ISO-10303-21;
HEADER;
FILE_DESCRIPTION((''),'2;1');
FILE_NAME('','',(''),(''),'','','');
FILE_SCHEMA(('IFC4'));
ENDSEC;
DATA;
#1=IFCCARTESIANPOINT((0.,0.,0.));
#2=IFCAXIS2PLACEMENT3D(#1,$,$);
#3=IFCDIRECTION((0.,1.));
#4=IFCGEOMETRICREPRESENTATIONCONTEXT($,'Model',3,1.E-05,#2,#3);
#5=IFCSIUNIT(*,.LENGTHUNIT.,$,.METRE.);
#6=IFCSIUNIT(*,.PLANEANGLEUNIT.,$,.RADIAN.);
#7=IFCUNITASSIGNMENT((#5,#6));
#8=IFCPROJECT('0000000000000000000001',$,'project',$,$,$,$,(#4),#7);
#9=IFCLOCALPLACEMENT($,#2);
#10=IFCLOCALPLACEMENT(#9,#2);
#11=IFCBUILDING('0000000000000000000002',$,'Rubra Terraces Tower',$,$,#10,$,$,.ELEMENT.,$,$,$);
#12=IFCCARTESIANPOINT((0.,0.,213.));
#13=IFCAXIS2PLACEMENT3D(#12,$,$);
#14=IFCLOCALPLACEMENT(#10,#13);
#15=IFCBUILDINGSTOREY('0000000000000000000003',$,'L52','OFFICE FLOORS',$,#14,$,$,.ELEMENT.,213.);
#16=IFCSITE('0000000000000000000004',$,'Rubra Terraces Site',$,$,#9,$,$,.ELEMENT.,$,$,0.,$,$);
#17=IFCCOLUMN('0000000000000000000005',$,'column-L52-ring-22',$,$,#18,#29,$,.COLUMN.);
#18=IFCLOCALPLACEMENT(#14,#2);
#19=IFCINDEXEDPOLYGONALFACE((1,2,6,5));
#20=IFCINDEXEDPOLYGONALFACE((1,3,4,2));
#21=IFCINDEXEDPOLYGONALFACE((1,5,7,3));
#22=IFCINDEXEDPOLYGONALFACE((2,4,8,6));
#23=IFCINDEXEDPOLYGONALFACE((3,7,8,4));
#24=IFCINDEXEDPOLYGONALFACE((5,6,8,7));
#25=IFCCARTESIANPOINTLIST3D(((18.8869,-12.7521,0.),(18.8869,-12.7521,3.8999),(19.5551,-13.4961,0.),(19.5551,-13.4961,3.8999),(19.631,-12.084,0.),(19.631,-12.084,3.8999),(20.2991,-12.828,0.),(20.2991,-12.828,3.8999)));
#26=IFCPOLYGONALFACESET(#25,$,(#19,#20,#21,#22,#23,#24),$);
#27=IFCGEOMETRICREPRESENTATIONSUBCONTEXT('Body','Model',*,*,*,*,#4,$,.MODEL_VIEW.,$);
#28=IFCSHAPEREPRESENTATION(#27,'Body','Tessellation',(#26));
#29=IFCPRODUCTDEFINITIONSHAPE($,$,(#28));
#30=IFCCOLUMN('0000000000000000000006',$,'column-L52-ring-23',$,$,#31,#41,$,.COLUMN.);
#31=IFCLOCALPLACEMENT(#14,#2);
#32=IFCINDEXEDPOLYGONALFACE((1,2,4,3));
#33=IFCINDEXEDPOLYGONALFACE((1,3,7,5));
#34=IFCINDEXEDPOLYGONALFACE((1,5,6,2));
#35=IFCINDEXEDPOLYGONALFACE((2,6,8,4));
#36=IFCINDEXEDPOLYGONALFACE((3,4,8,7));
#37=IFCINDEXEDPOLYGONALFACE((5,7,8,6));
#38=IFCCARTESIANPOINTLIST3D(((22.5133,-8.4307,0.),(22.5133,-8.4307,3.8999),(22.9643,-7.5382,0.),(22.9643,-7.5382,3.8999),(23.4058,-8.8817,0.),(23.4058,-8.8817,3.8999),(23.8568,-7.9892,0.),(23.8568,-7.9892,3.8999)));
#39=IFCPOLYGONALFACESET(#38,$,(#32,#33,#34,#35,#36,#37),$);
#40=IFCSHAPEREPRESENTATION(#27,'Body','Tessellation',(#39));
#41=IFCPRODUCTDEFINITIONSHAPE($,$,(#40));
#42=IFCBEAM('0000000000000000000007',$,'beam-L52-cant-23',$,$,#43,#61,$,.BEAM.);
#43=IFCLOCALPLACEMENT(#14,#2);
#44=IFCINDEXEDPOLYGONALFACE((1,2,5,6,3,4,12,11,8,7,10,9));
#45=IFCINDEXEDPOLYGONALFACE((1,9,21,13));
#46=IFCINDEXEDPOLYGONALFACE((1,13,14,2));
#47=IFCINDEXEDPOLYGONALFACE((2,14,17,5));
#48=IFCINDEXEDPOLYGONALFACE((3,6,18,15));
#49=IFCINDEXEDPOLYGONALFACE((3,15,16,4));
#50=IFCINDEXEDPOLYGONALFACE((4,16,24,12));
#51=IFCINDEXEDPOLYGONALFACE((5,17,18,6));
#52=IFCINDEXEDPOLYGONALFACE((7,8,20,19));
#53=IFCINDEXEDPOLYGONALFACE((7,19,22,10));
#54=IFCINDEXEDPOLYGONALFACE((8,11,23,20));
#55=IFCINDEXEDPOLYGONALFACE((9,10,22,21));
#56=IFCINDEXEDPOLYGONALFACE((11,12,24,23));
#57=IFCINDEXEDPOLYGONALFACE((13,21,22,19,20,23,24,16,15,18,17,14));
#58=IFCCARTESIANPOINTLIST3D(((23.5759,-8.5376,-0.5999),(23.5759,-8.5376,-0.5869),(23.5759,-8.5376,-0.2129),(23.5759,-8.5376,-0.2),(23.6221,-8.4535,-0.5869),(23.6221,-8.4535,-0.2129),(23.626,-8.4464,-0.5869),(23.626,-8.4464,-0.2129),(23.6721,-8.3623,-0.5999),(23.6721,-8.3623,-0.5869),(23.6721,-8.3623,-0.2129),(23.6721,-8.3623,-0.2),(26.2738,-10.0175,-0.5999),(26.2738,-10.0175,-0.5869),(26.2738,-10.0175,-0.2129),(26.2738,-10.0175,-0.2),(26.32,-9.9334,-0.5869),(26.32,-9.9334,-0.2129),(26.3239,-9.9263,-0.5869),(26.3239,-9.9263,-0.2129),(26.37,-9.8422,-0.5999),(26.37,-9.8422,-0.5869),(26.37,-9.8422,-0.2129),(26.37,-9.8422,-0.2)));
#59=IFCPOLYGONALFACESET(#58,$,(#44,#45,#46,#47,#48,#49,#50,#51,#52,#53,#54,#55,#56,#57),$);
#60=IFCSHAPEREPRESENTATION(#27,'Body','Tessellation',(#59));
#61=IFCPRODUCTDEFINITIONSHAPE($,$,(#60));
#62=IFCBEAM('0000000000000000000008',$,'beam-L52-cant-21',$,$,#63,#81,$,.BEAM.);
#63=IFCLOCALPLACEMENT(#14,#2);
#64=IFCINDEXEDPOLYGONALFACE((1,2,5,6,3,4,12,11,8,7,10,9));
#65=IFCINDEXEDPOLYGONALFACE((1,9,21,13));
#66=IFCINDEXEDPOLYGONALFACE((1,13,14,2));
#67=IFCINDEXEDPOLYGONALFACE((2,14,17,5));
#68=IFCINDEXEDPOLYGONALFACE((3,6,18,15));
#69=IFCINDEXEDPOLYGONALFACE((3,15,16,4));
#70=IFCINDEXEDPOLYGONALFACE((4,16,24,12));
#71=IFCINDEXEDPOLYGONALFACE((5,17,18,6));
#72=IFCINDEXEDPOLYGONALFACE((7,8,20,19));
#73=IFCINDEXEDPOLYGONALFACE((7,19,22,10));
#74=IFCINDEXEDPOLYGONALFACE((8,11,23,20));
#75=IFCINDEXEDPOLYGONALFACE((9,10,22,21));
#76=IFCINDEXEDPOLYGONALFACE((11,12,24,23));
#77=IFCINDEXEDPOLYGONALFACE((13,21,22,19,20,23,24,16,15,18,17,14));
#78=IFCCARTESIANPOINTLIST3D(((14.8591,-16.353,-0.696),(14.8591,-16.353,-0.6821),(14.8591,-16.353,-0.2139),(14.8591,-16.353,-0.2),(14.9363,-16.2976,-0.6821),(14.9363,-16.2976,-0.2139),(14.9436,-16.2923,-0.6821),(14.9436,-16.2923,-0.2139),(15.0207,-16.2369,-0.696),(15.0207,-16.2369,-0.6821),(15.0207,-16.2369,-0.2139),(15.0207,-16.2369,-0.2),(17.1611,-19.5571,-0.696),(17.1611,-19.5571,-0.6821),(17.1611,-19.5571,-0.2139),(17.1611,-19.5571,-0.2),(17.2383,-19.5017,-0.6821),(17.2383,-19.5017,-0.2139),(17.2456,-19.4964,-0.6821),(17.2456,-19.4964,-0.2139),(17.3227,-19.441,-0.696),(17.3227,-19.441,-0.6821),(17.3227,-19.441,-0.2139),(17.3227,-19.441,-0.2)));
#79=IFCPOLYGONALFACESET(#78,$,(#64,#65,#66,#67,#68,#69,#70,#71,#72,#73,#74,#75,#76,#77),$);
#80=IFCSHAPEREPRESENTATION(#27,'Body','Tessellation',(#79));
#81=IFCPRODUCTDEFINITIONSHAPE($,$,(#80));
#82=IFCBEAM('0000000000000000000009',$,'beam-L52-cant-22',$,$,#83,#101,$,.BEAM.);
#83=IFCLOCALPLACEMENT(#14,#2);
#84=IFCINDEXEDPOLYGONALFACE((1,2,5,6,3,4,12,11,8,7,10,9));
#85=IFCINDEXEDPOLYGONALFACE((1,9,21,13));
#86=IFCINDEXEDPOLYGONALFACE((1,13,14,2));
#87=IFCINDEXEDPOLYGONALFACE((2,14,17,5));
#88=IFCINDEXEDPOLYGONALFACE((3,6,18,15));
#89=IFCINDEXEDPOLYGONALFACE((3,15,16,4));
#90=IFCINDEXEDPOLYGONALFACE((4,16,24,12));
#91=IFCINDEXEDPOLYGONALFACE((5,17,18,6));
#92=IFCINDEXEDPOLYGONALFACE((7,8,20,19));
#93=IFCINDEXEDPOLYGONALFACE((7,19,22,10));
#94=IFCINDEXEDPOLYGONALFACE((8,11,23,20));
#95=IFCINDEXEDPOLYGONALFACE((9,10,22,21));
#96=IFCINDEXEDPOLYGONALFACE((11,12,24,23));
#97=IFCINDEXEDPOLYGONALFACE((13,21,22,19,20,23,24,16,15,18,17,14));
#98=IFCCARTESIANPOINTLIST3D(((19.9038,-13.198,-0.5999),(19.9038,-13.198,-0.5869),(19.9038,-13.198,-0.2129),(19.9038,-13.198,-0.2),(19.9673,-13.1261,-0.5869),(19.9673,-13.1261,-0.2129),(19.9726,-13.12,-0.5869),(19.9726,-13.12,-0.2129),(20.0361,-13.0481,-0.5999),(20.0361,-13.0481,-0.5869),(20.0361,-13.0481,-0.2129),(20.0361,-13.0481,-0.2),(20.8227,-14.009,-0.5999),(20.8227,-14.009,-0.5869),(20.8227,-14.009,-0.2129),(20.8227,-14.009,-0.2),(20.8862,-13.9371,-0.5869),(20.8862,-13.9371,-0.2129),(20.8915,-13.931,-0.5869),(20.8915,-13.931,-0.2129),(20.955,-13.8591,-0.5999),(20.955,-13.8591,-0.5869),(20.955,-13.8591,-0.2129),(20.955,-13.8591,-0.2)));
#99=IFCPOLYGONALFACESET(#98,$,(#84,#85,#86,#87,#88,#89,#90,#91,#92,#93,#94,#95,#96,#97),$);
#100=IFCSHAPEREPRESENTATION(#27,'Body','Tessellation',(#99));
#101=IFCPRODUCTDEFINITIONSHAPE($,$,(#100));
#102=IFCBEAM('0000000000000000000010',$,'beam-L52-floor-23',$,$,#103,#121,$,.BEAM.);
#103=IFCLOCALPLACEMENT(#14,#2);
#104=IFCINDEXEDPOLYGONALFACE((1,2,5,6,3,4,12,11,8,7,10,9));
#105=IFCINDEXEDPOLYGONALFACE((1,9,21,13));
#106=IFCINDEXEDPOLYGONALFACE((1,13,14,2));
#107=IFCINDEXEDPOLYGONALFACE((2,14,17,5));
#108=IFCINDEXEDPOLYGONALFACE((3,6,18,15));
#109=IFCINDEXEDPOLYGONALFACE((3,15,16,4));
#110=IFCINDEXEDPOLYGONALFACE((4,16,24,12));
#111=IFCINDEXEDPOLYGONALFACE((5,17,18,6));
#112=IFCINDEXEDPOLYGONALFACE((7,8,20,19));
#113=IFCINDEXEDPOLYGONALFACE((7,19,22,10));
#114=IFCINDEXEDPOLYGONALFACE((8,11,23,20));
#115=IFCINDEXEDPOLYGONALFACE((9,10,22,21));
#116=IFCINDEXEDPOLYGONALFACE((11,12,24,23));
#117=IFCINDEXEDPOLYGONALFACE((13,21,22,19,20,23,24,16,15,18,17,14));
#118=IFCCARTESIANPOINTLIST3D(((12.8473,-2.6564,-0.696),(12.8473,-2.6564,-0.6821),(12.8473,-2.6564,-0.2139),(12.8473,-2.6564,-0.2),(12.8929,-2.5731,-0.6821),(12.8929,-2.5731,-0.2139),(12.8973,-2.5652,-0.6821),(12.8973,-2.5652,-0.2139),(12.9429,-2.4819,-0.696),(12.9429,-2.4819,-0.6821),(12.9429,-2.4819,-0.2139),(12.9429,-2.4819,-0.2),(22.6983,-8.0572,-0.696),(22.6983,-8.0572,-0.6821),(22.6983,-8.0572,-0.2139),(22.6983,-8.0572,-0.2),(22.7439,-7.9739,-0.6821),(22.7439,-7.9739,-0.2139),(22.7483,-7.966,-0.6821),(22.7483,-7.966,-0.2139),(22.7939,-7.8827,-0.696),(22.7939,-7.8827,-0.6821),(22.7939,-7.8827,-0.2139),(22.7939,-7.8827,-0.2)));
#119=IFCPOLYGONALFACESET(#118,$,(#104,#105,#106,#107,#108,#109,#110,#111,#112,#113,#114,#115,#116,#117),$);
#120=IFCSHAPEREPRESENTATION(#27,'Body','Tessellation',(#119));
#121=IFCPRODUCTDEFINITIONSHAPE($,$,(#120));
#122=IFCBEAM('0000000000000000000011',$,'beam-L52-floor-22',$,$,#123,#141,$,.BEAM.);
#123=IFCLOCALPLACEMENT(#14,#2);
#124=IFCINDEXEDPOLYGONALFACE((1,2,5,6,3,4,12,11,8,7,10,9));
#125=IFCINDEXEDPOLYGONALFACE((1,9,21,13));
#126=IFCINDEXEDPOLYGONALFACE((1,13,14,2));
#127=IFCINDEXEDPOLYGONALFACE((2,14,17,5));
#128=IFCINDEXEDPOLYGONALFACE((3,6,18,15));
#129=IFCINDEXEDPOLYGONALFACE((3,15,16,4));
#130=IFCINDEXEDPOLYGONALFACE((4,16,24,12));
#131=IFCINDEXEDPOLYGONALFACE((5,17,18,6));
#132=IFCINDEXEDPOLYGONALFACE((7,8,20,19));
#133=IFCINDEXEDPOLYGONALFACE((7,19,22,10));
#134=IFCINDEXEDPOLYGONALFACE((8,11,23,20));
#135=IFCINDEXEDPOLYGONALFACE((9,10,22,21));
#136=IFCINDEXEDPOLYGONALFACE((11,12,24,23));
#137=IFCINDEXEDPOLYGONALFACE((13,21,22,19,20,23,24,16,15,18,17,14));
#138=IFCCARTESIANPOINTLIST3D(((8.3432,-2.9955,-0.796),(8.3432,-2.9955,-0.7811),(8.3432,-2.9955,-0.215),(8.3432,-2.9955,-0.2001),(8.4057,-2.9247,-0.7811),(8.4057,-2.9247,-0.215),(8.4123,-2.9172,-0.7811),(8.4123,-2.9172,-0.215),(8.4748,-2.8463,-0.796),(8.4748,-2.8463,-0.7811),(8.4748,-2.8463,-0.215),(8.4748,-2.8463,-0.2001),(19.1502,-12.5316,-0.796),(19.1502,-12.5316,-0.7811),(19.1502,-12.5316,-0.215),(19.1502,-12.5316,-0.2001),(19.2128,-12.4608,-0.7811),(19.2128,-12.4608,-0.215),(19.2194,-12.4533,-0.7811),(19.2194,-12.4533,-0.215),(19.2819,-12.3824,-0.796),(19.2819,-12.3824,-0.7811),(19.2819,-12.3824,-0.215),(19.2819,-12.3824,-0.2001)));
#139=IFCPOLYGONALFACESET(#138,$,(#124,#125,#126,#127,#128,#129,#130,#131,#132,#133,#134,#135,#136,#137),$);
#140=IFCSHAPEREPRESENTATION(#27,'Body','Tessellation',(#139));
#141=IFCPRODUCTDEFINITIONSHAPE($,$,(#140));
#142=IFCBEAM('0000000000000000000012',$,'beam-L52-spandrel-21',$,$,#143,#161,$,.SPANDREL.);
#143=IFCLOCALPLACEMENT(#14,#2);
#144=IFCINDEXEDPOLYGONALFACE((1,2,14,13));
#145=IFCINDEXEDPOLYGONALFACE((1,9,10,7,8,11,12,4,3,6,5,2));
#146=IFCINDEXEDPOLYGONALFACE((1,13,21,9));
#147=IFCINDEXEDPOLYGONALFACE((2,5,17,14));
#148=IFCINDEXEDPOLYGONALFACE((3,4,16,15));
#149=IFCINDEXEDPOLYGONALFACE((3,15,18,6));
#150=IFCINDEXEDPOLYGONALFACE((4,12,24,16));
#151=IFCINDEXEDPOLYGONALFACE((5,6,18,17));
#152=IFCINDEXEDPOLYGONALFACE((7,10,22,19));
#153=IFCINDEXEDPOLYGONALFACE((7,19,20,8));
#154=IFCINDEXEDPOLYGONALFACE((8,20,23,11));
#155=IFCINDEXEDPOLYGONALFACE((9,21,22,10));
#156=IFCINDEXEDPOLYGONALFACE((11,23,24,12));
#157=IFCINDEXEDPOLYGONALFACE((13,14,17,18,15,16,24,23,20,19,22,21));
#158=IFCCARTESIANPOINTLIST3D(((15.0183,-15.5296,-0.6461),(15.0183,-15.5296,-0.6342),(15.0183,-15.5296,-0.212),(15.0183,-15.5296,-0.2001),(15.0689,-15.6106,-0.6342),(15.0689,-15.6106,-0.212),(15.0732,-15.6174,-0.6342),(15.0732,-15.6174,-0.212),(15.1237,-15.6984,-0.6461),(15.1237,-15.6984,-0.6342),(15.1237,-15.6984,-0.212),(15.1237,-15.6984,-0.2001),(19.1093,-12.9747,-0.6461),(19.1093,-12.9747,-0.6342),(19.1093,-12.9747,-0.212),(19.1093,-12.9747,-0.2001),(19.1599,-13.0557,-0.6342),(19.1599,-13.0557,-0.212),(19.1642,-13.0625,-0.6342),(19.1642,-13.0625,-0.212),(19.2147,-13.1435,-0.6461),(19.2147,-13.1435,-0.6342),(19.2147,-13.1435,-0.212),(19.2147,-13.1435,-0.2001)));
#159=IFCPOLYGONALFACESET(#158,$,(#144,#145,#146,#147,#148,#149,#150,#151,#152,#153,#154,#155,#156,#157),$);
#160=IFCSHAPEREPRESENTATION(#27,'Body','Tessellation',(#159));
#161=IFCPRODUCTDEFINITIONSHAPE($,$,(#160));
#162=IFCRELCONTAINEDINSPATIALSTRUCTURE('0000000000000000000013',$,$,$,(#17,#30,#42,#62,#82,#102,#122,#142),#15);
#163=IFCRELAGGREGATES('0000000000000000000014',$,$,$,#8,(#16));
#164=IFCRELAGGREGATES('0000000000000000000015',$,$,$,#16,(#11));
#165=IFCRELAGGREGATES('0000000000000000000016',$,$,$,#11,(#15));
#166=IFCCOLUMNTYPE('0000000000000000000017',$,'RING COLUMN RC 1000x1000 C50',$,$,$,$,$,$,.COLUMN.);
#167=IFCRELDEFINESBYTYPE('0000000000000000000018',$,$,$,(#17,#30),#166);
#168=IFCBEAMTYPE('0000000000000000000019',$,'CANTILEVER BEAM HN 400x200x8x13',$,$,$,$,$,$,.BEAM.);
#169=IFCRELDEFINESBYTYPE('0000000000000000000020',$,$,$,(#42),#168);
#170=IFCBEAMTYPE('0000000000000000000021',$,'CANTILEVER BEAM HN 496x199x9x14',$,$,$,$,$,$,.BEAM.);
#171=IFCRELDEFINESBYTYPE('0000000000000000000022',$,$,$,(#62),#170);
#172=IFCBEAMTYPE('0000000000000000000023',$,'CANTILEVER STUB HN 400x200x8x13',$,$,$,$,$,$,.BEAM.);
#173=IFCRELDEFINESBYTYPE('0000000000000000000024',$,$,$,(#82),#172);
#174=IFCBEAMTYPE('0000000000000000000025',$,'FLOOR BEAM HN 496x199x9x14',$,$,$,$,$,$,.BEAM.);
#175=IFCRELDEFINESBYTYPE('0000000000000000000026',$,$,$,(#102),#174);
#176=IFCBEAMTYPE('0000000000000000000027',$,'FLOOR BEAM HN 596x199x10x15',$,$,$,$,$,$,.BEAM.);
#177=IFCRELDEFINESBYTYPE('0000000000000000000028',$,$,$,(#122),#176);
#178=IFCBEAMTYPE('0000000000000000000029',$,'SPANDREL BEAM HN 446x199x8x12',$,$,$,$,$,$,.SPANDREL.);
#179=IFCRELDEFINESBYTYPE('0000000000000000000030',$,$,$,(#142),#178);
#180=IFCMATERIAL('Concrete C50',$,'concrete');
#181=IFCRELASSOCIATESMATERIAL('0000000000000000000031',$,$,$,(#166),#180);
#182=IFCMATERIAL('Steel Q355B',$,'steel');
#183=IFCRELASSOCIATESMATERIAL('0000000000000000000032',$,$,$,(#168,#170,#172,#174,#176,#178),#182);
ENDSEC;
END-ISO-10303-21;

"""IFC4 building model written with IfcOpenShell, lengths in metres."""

from ifc_helpers import new_model, si_unit, direction, frame, origin, origin_2d, place, context, subcontext, project, spatial, rectangle, i_section, extrude, material, material_profile, profile_set, type_object, element, save


model = new_model("IFC4")

# Units and contexts
model_context = context("Model", 3, precision=1e-05, world=origin(), true_north=direction((0.0, 1.0)))
body_context = subcontext(model_context, "Body", "Model", "MODEL_VIEW")
ifc_project = project(units=[si_unit("LENGTHUNIT", "METRE"), si_unit("PLANEANGLEUNIT", "RADIAN")], contexts=[model_context])

# Site, building, storey
site_placement = place(None, origin())
site = spatial("IfcSite", under=ifc_project, at=site_placement, Name="Rubra Terraces Site", CompositionType="ELEMENT", RefElevation=0.0)
building_placement = place(site_placement, origin())
building = spatial("IfcBuilding", under=site, at=building_placement, Name="Rubra Terraces Tower", CompositionType="ELEMENT")
storey_placement = place(building_placement, frame((0.0, 0.0, 213.0)))
storey = spatial("IfcBuildingStorey", under=building, at=storey_placement, Name="L52", Description="OFFICE FLOORS", CompositionType="ELEMENT", Elevation=213.0)

# Columns
ifc_material_1 = material(Name="Concrete C50", Category="concrete")
ifc_material_profile_1 = material_profile(ifc_material_1, rectangle(XDim=1.0, YDim=1.0, at=origin_2d()), Name="RC 1000x1000")
ifc_profile_set_1 = profile_set([ifc_material_profile_1], Name="Concrete C50")
column_type = type_object("IfcColumnType", Name="RING COLUMN RC 1000x1000 C50", PredefinedType="COLUMN", material=ifc_profile_set_1)
for number, where, z_axis, x_axis, name in (
    (1, (19.593, -12.79, 0.0), (0.0, 0.0, 1.0), (0.744021, 0.668156, 0.0), "column-L52-ring-22"),
    (2, (23.1851, -8.21, 0.0), (0.0, 0.0, 1.0), (0.451028, 0.89251, 0.0), "column-L52-ring-23"),
):
    element("IfcColumn", number, at=place(storey_placement, frame(where, z_axis=z_axis, x_axis=x_axis)), inside=storey, type_object=column_type, Name=name, PredefinedType="COLUMN", context=body_context, shape_type="SweptSolid", body=[
        extrude(rectangle(XDim=1.0, YDim=1.0, at=origin_2d()), origin(), (0.0, 0.0, 1.0), 3.8999),
    ])

# Beams
ifc_material_2 = material(Name="Steel Q355B", Category="steel")
ifc_material_profile_2 = material_profile(ifc_material_2, i_section(OverallWidth=0.2, OverallDepth=0.3999, WebThickness=0.0081, FlangeThickness=0.0129, at=origin_2d()), Name="HN 400x200x8x13")
ifc_profile_set_2 = profile_set([ifc_material_profile_2], Name="Steel Q355B")
beam_type_1 = type_object("IfcBeamType", Name="CANTILEVER BEAM HN 400x200x8x13", PredefinedType="BEAM", material=ifc_profile_set_2)
beam_1_placement = place(storey_placement, frame((23.624, -8.45, -0.3999), z_axis=(0.876753, -0.480941, 0.0), x_axis=(0.480941, 0.876753, 0.0)))
element("IfcBeam", 3, at=beam_1_placement, inside=storey, type_object=beam_type_1, Name="beam-L52-cant-23", PredefinedType="BEAM", context=body_context, shape_type="SweptSolid", body=[
    extrude(i_section(OverallWidth=0.2, OverallDepth=0.3999, WebThickness=0.0081, FlangeThickness=0.0129, at=origin_2d()), origin(), (0.0, 0.0, 1.0), 3.0771),
])
ifc_material_profile_3 = material_profile(ifc_material_2, i_section(OverallWidth=0.199, OverallDepth=0.4961, WebThickness=0.009, FlangeThickness=0.0139, at=origin_2d()), Name="HN 496x199x9x14")
ifc_profile_set_3 = profile_set([ifc_material_profile_3], Name="Steel Q355B")
beam_type_2 = type_object("IfcBeamType", Name="CANTILEVER BEAM HN 496x199x9x14", PredefinedType="BEAM", material=ifc_profile_set_3)
beam_2_placement = place(storey_placement, frame((14.9399, -16.2949, -0.448), z_axis=(0.583478, -0.812129, 0.0), x_axis=(0.812129, 0.583478, 0.0)))
element("IfcBeam", 4, at=beam_2_placement, inside=storey, type_object=beam_type_2, Name="beam-L52-cant-21", PredefinedType="BEAM", context=body_context, shape_type="SweptSolid", body=[
    extrude(i_section(OverallWidth=0.199, OverallDepth=0.4961, WebThickness=0.009, FlangeThickness=0.0139, at=origin_2d()), origin(), (0.0, 0.0, 1.0), 3.9453),
])
ifc_material_profile_4 = material_profile(ifc_material_2, i_section(OverallWidth=0.2, OverallDepth=0.3999, WebThickness=0.0081, FlangeThickness=0.0129, at=origin_2d()), Name="HN 400x200x8x13")
ifc_profile_set_4 = profile_set([ifc_material_profile_4], Name="Steel Q355B")
beam_type_3 = type_object("IfcBeamType", Name="CANTILEVER STUB HN 400x200x8x13", PredefinedType="BEAM", material=ifc_profile_set_4)
beam_3_placement = place(storey_placement, frame((19.97, -13.123, -0.3999), z_axis=(0.749756, -0.661714, 0.0), x_axis=(0.661714, 0.749756, 0.0)))
element("IfcBeam", 5, at=beam_3_placement, inside=storey, type_object=beam_type_3, Name="beam-L52-cant-22", PredefinedType="BEAM", context=body_context, shape_type="SweptSolid", body=[
    extrude(i_section(OverallWidth=0.2, OverallDepth=0.3999, WebThickness=0.0081, FlangeThickness=0.0129, at=origin_2d()), origin(), (0.0, 0.0, 1.0), 1.2256),
])
ifc_material_profile_5 = material_profile(ifc_material_2, i_section(OverallWidth=0.199, OverallDepth=0.4961, WebThickness=0.009, FlangeThickness=0.0139, at=origin_2d()), Name="HN 496x199x9x14")
ifc_profile_set_5 = profile_set([ifc_material_profile_5], Name="Steel Q355B")
beam_type_4 = type_object("IfcBeamType", Name="FLOOR BEAM HN 496x199x9x14", PredefinedType="BEAM", material=ifc_profile_set_5)
beam_4_placement = place(storey_placement, frame((22.7461, -7.97, -0.448), z_axis=(-0.876862, 0.480742, 0.0), x_axis=(-0.480742, -0.876862, 0.0)))
element("IfcBeam", 6, at=beam_4_placement, inside=storey, type_object=beam_type_4, Name="beam-L52-floor-23", PredefinedType="BEAM", context=body_context, shape_type="SweptSolid", body=[
    extrude(i_section(OverallWidth=0.199, OverallDepth=0.4961, WebThickness=0.009, FlangeThickness=0.0139, at=origin_2d()), origin(), (0.0, 0.0, 1.0), 11.2344),
])
ifc_material_profile_6 = material_profile(ifc_material_2, i_section(OverallWidth=0.199, OverallDepth=0.5959, WebThickness=0.01, FlangeThickness=0.0149, at=origin_2d()), Name="HN 596x199x10x15")
ifc_profile_set_6 = profile_set([ifc_material_profile_6], Name="Steel Q355B")
beam_type_5 = type_object("IfcBeamType", Name="FLOOR BEAM HN 596x199x10x15", PredefinedType="BEAM", material=ifc_profile_set_6)
beam_5_placement = place(storey_placement, frame((19.2161, -12.457, -0.498), z_axis=(-0.749823, 0.661638, 0.0), x_axis=(-0.661638, -0.749823, 0.0)))
element("IfcBeam", 7, at=beam_5_placement, inside=storey, type_object=beam_type_5, Name="beam-L52-floor-22", PredefinedType="BEAM", context=body_context, shape_type="SweptSolid", body=[
    extrude(i_section(OverallWidth=0.199, OverallDepth=0.5959, WebThickness=0.01, FlangeThickness=0.0149, at=origin_2d()), origin(), (0.0, 0.0, 1.0), 14.4128),
])
ifc_material_profile_7 = material_profile(ifc_material_2, i_section(OverallWidth=0.199, OverallDepth=0.446, WebThickness=0.0081, FlangeThickness=0.012, at=origin_2d()), Name="HN 446x199x8x12")
ifc_profile_set_7 = profile_set([ifc_material_profile_7], Name="Steel Q355B")
beam_type_6 = type_object("IfcBeamType", Name="SPANDREL BEAM HN 446x199x8x12", PredefinedType="SPANDREL", material=ifc_profile_set_7)
beam_6_placement = place(storey_placement, frame((15.071, -15.614, -0.4231), z_axis=(0.848183, 0.529703, 0.0), x_axis=(-0.529703, 0.848183, 0.0)))
element("IfcBeam", 8, at=beam_6_placement, inside=storey, type_object=beam_type_6, Name="beam-L52-spandrel-21", PredefinedType="SPANDREL", context=body_context, shape_type="SweptSolid", body=[
    extrude(i_section(OverallWidth=0.199, OverallDepth=0.446, WebThickness=0.0081, FlangeThickness=0.012, at=origin_2d()), origin(), (0.0, 0.0, 1.0), 4.8232),
])

save(model, "model.ifc")
